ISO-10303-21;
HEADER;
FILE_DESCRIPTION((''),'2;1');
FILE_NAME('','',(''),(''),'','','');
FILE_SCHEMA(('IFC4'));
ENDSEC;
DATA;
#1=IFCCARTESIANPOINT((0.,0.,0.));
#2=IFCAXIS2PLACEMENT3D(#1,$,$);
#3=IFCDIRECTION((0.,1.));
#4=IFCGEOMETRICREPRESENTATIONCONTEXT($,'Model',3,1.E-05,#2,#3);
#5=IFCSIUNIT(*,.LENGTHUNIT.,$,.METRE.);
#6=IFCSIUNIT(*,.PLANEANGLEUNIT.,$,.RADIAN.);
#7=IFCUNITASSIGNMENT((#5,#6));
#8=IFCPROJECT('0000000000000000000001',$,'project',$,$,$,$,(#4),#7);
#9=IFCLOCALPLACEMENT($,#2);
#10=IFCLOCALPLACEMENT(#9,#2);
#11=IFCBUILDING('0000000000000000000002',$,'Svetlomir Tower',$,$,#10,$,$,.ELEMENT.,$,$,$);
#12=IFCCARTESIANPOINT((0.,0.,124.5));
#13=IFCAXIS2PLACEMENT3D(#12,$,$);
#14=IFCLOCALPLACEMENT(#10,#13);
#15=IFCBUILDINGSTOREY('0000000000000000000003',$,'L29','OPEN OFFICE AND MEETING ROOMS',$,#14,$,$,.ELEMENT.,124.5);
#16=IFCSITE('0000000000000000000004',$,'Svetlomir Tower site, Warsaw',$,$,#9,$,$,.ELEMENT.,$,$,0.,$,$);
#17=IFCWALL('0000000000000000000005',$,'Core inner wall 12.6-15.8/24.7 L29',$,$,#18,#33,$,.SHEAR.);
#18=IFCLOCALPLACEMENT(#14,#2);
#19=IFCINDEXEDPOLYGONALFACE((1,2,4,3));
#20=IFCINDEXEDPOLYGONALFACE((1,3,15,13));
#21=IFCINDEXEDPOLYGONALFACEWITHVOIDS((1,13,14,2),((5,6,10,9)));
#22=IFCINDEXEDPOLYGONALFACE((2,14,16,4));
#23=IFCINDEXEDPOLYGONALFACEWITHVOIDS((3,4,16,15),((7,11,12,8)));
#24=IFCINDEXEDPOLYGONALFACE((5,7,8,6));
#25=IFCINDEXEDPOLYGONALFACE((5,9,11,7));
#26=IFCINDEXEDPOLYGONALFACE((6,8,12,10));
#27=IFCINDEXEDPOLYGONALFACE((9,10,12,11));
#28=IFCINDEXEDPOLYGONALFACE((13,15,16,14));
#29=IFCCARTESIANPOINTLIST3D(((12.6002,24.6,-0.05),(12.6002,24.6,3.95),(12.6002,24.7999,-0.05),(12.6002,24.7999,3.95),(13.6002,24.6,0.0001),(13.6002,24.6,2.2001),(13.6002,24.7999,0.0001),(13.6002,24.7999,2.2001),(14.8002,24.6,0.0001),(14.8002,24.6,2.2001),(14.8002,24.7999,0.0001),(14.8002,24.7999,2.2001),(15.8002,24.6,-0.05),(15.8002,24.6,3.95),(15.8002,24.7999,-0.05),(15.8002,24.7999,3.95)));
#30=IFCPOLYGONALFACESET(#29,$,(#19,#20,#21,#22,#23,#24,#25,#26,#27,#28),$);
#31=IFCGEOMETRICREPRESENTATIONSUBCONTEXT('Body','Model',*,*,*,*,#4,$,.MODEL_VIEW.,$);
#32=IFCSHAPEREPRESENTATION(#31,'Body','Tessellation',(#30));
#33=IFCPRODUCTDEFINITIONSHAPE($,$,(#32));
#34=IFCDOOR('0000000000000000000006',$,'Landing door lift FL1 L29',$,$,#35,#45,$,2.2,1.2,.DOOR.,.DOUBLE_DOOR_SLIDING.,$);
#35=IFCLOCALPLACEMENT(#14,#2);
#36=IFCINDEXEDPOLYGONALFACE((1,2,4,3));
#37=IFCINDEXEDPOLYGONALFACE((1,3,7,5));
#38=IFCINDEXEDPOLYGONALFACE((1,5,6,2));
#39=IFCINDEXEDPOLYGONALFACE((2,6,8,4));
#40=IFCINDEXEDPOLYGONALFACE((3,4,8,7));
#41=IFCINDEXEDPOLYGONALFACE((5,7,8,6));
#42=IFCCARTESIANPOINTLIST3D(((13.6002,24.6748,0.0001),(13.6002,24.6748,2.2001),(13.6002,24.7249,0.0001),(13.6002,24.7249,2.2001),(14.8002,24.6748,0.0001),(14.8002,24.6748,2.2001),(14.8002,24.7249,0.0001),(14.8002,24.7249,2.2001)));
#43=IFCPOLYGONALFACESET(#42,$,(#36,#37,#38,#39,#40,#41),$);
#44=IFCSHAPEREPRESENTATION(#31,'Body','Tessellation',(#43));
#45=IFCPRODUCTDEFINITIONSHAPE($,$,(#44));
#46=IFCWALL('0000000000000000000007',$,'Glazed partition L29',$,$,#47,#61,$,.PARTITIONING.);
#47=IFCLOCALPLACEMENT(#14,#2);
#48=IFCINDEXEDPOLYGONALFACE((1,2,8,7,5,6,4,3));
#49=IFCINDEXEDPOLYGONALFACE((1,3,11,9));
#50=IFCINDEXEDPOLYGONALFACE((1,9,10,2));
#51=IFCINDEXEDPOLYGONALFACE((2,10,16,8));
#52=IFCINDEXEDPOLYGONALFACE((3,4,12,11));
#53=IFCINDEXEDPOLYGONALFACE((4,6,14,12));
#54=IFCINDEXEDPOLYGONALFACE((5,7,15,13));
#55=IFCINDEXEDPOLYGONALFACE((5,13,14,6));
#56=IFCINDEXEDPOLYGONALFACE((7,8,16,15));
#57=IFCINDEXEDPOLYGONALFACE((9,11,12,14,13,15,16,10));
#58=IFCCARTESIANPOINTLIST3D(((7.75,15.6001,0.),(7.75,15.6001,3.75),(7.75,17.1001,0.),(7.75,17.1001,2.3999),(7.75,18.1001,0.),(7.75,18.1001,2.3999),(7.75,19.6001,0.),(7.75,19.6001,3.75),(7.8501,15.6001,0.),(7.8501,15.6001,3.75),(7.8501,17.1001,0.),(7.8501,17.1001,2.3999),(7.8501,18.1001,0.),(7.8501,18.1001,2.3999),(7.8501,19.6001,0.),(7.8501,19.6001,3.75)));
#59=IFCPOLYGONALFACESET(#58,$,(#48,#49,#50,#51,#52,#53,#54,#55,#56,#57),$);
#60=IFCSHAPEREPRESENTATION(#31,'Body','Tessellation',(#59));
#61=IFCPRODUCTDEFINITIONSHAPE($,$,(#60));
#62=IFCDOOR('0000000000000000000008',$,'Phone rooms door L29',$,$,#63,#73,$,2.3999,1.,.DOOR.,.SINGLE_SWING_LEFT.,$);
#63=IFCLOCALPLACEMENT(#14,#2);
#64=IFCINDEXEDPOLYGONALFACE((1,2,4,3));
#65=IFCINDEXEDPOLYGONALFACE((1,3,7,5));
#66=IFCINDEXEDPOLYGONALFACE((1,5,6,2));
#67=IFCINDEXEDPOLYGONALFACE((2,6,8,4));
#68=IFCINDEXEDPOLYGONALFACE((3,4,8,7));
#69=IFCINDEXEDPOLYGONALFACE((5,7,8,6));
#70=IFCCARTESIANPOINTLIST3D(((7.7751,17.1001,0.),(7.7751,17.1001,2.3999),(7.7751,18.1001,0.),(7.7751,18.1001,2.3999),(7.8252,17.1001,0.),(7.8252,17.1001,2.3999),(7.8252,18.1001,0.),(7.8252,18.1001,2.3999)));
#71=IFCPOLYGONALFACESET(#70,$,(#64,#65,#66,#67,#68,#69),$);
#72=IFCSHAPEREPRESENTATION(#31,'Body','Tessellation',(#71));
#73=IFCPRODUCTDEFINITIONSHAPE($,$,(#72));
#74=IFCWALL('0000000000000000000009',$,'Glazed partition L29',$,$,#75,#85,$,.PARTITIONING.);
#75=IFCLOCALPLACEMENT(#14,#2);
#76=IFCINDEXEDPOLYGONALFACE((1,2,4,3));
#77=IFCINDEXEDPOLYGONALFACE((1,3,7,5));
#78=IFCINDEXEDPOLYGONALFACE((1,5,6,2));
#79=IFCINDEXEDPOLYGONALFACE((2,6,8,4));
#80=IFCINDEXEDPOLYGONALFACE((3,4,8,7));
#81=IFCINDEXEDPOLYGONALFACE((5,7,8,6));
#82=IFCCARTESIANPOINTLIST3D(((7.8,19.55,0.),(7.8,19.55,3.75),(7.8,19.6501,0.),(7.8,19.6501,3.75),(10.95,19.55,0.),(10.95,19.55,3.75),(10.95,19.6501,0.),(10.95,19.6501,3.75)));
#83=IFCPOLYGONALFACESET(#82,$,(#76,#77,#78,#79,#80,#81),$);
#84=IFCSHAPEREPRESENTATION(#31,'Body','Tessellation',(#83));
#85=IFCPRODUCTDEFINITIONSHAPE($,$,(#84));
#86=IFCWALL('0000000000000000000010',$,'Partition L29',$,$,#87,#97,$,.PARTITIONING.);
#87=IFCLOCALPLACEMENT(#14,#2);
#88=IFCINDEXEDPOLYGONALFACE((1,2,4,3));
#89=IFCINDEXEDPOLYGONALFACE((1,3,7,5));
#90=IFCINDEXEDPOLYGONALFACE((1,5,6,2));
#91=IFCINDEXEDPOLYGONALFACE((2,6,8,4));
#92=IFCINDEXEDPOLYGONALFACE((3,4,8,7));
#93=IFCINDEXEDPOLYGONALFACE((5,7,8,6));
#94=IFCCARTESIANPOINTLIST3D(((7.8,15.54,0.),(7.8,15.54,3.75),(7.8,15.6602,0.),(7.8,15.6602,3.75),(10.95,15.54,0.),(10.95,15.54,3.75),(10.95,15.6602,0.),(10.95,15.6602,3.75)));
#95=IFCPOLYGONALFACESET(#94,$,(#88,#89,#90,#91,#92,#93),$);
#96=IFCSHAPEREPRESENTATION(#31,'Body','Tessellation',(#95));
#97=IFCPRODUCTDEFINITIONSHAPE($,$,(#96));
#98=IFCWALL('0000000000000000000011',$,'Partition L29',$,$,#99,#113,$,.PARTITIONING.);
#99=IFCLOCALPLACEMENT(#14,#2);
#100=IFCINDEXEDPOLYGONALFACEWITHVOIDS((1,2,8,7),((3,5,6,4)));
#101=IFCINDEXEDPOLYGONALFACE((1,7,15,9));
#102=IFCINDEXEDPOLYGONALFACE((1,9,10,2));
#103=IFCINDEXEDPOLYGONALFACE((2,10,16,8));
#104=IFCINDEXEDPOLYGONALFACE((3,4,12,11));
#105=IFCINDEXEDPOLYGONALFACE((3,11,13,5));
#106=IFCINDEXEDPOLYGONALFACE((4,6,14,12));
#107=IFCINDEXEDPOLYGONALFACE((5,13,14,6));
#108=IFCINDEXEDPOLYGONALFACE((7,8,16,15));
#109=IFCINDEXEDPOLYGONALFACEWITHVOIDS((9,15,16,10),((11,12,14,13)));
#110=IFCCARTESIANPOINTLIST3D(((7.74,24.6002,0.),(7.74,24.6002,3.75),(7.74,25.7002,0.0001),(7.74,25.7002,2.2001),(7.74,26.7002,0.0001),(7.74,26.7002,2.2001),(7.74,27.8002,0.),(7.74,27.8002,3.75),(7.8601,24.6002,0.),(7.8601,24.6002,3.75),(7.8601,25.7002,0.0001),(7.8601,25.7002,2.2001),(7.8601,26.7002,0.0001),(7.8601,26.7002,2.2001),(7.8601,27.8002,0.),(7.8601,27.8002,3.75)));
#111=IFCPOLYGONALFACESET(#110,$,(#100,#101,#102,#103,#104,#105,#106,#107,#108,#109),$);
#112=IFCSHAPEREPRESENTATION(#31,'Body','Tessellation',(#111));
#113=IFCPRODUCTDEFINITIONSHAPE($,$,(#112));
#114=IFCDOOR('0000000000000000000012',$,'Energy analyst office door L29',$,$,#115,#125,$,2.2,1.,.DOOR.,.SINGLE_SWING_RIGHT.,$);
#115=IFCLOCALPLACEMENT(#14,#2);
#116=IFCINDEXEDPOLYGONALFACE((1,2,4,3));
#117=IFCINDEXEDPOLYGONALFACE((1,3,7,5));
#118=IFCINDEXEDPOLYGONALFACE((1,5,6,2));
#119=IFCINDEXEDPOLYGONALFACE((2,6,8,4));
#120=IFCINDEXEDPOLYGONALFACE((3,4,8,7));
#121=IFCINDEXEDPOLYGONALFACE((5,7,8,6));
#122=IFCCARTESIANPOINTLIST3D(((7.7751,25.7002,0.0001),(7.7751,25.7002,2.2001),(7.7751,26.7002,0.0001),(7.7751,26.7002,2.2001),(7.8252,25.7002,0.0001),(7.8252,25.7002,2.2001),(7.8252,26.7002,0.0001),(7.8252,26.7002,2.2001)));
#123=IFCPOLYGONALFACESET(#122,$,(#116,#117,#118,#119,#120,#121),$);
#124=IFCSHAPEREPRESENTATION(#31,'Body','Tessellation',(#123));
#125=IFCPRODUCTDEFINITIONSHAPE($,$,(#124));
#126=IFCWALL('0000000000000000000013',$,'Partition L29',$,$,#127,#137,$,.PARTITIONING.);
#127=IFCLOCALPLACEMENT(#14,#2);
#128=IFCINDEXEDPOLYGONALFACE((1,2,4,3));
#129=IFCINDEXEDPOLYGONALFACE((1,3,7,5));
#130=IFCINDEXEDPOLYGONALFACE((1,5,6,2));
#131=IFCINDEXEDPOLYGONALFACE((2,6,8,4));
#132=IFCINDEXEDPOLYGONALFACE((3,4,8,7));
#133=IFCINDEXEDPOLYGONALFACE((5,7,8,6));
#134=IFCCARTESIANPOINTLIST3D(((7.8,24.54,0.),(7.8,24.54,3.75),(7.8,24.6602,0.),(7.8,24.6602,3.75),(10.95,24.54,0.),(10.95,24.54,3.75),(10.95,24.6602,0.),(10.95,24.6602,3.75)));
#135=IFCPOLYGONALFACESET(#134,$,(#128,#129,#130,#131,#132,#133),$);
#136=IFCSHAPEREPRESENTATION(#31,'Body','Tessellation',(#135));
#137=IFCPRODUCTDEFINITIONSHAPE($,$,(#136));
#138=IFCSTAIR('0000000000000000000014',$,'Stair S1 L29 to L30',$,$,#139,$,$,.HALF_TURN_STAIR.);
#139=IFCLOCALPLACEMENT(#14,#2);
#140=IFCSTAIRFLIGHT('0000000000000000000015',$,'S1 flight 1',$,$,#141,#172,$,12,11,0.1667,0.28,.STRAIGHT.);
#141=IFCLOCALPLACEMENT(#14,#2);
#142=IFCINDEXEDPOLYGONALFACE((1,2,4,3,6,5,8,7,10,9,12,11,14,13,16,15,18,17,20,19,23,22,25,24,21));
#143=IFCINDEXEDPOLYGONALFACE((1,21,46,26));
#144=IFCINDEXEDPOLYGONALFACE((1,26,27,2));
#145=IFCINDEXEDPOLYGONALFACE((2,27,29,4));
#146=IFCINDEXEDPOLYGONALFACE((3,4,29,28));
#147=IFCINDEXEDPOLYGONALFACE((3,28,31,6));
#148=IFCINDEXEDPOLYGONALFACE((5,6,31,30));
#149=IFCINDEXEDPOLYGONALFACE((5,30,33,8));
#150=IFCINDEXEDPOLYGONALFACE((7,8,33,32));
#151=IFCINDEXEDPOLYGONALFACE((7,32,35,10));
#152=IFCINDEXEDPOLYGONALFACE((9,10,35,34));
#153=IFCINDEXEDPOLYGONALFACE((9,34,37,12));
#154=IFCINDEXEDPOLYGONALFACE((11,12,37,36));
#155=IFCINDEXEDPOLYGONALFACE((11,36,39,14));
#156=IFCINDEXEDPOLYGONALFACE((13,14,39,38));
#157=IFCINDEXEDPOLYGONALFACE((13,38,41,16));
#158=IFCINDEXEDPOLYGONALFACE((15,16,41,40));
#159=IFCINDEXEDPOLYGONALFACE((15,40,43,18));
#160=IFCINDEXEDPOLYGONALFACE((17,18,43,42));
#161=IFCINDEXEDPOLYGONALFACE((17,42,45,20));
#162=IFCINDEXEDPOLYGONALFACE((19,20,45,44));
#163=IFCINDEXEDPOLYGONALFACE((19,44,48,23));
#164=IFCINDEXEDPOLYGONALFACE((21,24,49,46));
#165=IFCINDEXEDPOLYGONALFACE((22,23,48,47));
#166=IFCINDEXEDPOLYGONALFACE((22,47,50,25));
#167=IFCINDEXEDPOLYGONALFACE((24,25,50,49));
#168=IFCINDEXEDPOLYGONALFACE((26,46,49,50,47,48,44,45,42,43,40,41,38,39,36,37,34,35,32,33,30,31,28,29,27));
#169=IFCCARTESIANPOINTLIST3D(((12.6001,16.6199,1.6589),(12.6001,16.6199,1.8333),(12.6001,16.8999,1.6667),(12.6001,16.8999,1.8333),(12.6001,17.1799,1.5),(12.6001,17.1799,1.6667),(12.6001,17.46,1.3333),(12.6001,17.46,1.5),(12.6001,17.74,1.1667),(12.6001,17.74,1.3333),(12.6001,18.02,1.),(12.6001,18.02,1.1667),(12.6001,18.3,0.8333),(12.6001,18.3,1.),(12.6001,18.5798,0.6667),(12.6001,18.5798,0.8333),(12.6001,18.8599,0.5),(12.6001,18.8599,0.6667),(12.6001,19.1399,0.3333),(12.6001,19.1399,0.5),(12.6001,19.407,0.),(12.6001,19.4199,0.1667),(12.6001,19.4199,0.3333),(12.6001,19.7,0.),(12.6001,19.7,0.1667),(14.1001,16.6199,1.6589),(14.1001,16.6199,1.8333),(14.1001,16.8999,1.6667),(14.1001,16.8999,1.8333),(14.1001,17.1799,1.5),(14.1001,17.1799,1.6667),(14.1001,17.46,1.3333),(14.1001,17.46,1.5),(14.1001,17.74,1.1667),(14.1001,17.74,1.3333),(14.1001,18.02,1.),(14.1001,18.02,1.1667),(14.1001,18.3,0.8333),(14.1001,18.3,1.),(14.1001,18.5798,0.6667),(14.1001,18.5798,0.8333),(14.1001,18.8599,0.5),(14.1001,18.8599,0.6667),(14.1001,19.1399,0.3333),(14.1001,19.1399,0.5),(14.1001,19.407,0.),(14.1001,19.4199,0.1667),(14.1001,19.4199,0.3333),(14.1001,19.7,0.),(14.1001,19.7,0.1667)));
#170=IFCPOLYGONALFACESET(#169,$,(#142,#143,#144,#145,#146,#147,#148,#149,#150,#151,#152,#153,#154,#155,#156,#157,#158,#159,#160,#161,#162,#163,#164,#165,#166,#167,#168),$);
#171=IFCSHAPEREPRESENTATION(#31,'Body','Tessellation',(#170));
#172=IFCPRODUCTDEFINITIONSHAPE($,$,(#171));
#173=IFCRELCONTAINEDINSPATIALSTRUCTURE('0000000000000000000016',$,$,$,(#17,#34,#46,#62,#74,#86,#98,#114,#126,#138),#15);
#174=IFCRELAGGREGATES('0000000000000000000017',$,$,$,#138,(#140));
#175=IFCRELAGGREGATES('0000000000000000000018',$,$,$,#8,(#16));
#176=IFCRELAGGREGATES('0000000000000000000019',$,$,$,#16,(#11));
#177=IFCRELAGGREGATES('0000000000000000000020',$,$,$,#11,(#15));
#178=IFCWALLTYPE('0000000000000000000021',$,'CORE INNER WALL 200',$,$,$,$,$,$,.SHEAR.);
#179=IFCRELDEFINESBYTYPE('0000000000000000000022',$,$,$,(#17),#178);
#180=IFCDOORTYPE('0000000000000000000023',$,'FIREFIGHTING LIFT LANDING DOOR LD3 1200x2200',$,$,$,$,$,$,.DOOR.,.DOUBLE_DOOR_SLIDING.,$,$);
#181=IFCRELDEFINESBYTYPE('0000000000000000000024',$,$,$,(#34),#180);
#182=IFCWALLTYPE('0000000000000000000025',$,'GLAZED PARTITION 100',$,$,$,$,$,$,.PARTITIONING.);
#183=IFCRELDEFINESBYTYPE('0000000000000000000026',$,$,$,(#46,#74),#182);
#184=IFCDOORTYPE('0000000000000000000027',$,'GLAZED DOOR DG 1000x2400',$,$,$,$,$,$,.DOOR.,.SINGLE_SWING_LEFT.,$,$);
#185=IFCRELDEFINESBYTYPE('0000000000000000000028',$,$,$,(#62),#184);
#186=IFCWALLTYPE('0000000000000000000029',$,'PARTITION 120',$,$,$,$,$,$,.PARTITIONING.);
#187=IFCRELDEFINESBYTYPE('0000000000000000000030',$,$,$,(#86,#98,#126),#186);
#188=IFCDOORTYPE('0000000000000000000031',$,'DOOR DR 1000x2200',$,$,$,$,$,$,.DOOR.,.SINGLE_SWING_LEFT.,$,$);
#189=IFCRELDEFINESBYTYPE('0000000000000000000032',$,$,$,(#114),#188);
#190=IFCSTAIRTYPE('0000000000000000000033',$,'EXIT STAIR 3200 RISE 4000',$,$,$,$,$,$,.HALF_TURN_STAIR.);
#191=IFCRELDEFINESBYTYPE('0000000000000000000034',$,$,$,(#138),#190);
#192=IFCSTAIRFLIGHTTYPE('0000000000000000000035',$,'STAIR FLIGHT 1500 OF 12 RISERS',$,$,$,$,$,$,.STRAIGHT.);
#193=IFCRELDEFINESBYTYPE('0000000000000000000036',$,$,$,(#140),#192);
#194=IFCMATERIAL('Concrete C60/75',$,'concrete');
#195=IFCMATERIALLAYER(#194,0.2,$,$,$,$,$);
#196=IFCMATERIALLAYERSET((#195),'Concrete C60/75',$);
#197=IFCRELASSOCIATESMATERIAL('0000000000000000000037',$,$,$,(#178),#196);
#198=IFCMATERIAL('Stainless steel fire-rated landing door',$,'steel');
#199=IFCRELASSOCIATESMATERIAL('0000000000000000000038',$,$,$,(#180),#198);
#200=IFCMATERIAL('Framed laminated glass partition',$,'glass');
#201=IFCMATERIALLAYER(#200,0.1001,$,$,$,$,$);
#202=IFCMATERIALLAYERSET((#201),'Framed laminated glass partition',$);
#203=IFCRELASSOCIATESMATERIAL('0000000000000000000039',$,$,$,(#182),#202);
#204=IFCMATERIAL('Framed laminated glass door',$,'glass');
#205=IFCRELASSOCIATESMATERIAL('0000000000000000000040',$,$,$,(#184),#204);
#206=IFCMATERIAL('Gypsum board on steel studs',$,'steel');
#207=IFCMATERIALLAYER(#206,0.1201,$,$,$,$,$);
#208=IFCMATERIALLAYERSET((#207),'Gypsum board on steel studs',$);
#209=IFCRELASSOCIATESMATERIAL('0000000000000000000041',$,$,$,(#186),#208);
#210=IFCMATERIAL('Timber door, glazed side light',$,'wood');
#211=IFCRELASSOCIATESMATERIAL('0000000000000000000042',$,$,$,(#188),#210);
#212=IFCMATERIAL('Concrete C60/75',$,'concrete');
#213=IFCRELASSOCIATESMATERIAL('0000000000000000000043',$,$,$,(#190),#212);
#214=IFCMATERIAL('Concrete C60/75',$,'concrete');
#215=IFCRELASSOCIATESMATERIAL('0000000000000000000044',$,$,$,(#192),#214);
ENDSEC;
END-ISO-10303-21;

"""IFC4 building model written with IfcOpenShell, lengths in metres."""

from ifc_helpers import new_model, si_unit, direction, frame, frame_2d, origin, place, context, subcontext, project, spatial, polyline, rectangle, outline, extrude, material, layer, layer_set, type_object, element, fill, aggregate, save


model = new_model("IFC4")

# Units and contexts
model_context = context("Model", 3, precision=1e-05, world=origin(), true_north=direction((0.0, 1.0)))
body_context = subcontext(model_context, "Body", "Model", "MODEL_VIEW")
ifc_project = project(units=[si_unit("LENGTHUNIT", "METRE"), si_unit("PLANEANGLEUNIT", "RADIAN")], contexts=[model_context])

# Site, building, storey
site_placement = place(None, origin())
site = spatial("IfcSite", under=ifc_project, at=site_placement, Name="Svetlomir Tower site, Warsaw", CompositionType="ELEMENT", RefElevation=0.0)
building_placement = place(site_placement, origin())
building = spatial("IfcBuilding", under=site, at=building_placement, Name="Svetlomir Tower", CompositionType="ELEMENT")
storey_placement = place(building_placement, frame((0.0, 0.0, 124.5)))
storey = spatial("IfcBuildingStorey", under=building, at=storey_placement, Name="L29", Description="OPEN OFFICE AND MEETING ROOMS", CompositionType="ELEMENT", Elevation=124.5)

# Walls, openings, doors
ifc_material_1 = material(Name="Concrete C60/75", Category="concrete")
ifc_layer_1 = layer(ifc_material_1, 0.2)
ifc_layer_set_1 = layer_set([ifc_layer_1], Name="Concrete C60/75")
wall_type_1 = type_object("IfcWallType", Name="CORE INNER WALL 200", PredefinedType="SHEAR", material=ifc_layer_set_1)
wall_1_placement = place(storey_placement, frame((12.6001, 24.7, -0.05), z_axis=(0.0, 0.0, 1.0), x_axis=(1.0, 0.0, 0.0)))
wall_1 = element("IfcWall", 1, at=wall_1_placement, inside=storey, type_object=wall_type_1, Name="Core inner wall 12.6-15.8/24.7 L29", PredefinedType="SHEAR", context=body_context, shape_type="SweptSolid", body=[
    extrude(rectangle(XDim=3.2, YDim=0.2, at=frame_2d((1.6001, 0.0))), origin(), (0.0, 0.0, 1.0), 4.0),
])
opening_1_placement = place(wall_1_placement, frame((1.0, 0.0, 0.05)))
opening_1 = element("IfcOpeningElement", 2, at=opening_1_placement, cuts=wall_1, PredefinedType="OPENING", context=body_context, shape_type="SweptSolid", body=[
    extrude(rectangle(XDim=1.2, YDim=2.2, at=frame_2d((0.6001, 1.1001))), frame((0.0, 0.1099, 0.0), z_axis=(0.0, -1.0, 0.0), x_axis=(1.0, 0.0, 0.0)), (0.0, 0.0, 1.0), 0.22),
])
ifc_material_2 = material(Name="Stainless steel fire-rated landing door", Category="steel")
door_type_1 = type_object("IfcDoorType", Name="FIREFIGHTING LIFT LANDING DOOR LD3 1200x2200", OperationType="DOUBLE_DOOR_SLIDING", PredefinedType="DOOR", material=ifc_material_2)
door_1_placement = place(opening_1_placement, origin())
door_1 = element("IfcDoor", 3, at=door_1_placement, inside=storey, type_object=door_type_1, Name="Landing door lift FL1 L29", OperationType="DOUBLE_DOOR_SLIDING", OverallHeight=2.2, OverallWidth=1.2, PredefinedType="DOOR", context=body_context, shape_type="SweptSolid", body=[
    extrude(rectangle(XDim=1.2, YDim=2.2, at=frame_2d((0.6001, 1.1001))), frame((0.0, 0.0249, 0.0), z_axis=(0.0, -1.0, 0.0), x_axis=(1.0, 0.0, 0.0)), (0.0, 0.0, 1.0), 0.05),
])
fill(opening_1, door_1)
ifc_material_3 = material(Name="Framed laminated glass partition", Category="glass")
ifc_layer_2 = layer(ifc_material_3, 0.1001)
ifc_layer_set_2 = layer_set([ifc_layer_2], Name="Framed laminated glass partition")
wall_type_2 = type_object("IfcWallType", Name="GLAZED PARTITION 100", PredefinedType="PARTITIONING", material=ifc_layer_set_2)
wall_2_placement = place(storey_placement, frame((7.8, 15.6001, 0.0), z_axis=(0.0, 0.0, 1.0), x_axis=(0.0, 1.0, 0.0)))
wall_2 = element("IfcWall", 4, at=wall_2_placement, inside=storey, type_object=wall_type_2, Name="Glazed partition L29", PredefinedType="PARTITIONING", context=body_context, shape_type="SweptSolid", body=[
    extrude(rectangle(XDim=4.0, YDim=0.1001, at=frame_2d((2.0, 0.0))), origin(), (0.0, 0.0, 1.0), 3.75),
])
opening_2_placement = place(wall_2_placement, frame((1.5, 0.0, 0.0)))
opening_2 = element("IfcOpeningElement", 5, at=opening_2_placement, cuts=wall_2, PredefinedType="OPENING", context=body_context, shape_type="SweptSolid", body=[
    extrude(rectangle(XDim=1.0, YDim=2.3999, at=frame_2d((0.5, 1.2))), frame((0.0, 0.0601, 0.0), z_axis=(0.0, -1.0, 0.0), x_axis=(1.0, 0.0, 0.0)), (0.0, 0.0, 1.0), 0.1201),
])
ifc_material_4 = material(Name="Framed laminated glass door", Category="glass")
door_type_2 = type_object("IfcDoorType", Name="GLAZED DOOR DG 1000x2400", OperationType="SINGLE_SWING_LEFT", PredefinedType="DOOR", material=ifc_material_4)
door_2_placement = place(opening_2_placement, origin())
door_2 = element("IfcDoor", 6, at=door_2_placement, inside=storey, type_object=door_type_2, Name="Phone rooms door L29", OperationType="SINGLE_SWING_LEFT", OverallHeight=2.3999, OverallWidth=1.0, PredefinedType="DOOR", context=body_context, shape_type="SweptSolid", body=[
    extrude(rectangle(XDim=1.0, YDim=2.3999, at=frame_2d((0.5, 1.2))), frame((0.0, 0.0249, 0.0), z_axis=(0.0, -1.0, 0.0), x_axis=(1.0, 0.0, 0.0)), (0.0, 0.0, 1.0), 0.05),
])
fill(opening_2, door_2)

# Walls
wall_3_placement = place(storey_placement, frame((7.8, 19.6001, 0.0), z_axis=(0.0, 0.0, 1.0), x_axis=(1.0, 0.0, 0.0)))
element("IfcWall", 7, at=wall_3_placement, inside=storey, type_object=wall_type_2, Name="Glazed partition L29", PredefinedType="PARTITIONING", context=body_context, shape_type="SweptSolid", body=[
    extrude(rectangle(XDim=3.1499, YDim=0.1001, at=frame_2d((1.575, 0.0))), origin(), (0.0, 0.0, 1.0), 3.75),
])
ifc_material_5 = material(Name="Gypsum board on steel studs", Category="steel")
ifc_layer_3 = layer(ifc_material_5, 0.1201)
ifc_layer_set_3 = layer_set([ifc_layer_3], Name="Gypsum board on steel studs")
wall_type_3 = type_object("IfcWallType", Name="PARTITION 120", PredefinedType="PARTITIONING", material=ifc_layer_set_3)
wall_4_placement = place(storey_placement, frame((7.8, 15.6001, 0.0), z_axis=(0.0, 0.0, 1.0), x_axis=(1.0, 0.0, 0.0)))
element("IfcWall", 8, at=wall_4_placement, inside=storey, type_object=wall_type_3, Name="Partition L29", PredefinedType="PARTITIONING", context=body_context, shape_type="SweptSolid", body=[
    extrude(rectangle(XDim=3.1499, YDim=0.1201, at=frame_2d((1.575, 0.0))), origin(), (0.0, 0.0, 1.0), 3.75),
])

# Wall, opening, door
wall_5_placement = place(storey_placement, frame((7.8, 24.6001, 0.0), z_axis=(0.0, 0.0, 1.0), x_axis=(0.0, 1.0, 0.0)))
wall_5 = element("IfcWall", 9, at=wall_5_placement, inside=storey, type_object=wall_type_3, Name="Partition L29", PredefinedType="PARTITIONING", context=body_context, shape_type="SweptSolid", body=[
    extrude(rectangle(XDim=3.2, YDim=0.1201, at=frame_2d((1.6001, 0.0))), origin(), (0.0, 0.0, 1.0), 3.75),
])
opening_3_placement = place(wall_5_placement, frame((1.1001, 0.0, 0.0)))
opening_3 = element("IfcOpeningElement", 10, at=opening_3_placement, cuts=wall_5, PredefinedType="OPENING", context=body_context, shape_type="SweptSolid", body=[
    extrude(rectangle(XDim=1.0, YDim=2.2, at=frame_2d((0.5, 1.1001))), frame((0.0, 0.0701, 0.0), z_axis=(0.0, -1.0, 0.0), x_axis=(1.0, 0.0, 0.0)), (0.0, 0.0, 1.0), 0.1401),
])
ifc_material_6 = material(Name="Timber door, glazed side light", Category="wood")
door_type_3 = type_object("IfcDoorType", Name="DOOR DR 1000x2200", OperationType="SINGLE_SWING_LEFT", PredefinedType="DOOR", material=ifc_material_6)
door_3_placement = place(opening_3_placement, origin())
door_3 = element("IfcDoor", 11, at=door_3_placement, inside=storey, type_object=door_type_3, Name="Energy analyst office door L29", OperationType="SINGLE_SWING_RIGHT", OverallHeight=2.2, OverallWidth=1.0, PredefinedType="DOOR", context=body_context, shape_type="SweptSolid", body=[
    extrude(rectangle(XDim=1.0, YDim=2.2, at=frame_2d((0.5, 1.1001))), frame((0.0, 0.0249, 0.0), z_axis=(0.0, -1.0, 0.0), x_axis=(1.0, 0.0, 0.0)), (0.0, 0.0, 1.0), 0.05),
])
fill(opening_3, door_3)

# Wall
wall_6_placement = place(storey_placement, frame((7.8, 24.6001, 0.0), z_axis=(0.0, 0.0, 1.0), x_axis=(1.0, 0.0, 0.0)))
element("IfcWall", 12, at=wall_6_placement, inside=storey, type_object=wall_type_3, Name="Partition L29", PredefinedType="PARTITIONING", context=body_context, shape_type="SweptSolid", body=[
    extrude(rectangle(XDim=3.1499, YDim=0.1201, at=frame_2d((1.575, 0.0))), origin(), (0.0, 0.0, 1.0), 3.75),
])

# Stair, stair flight
ifc_material_7 = material(Name="Concrete C60/75", Category="concrete")
stair_type = type_object("IfcStairType", Name="EXIT STAIR 3200 RISE 4000", PredefinedType="HALF_TURN_STAIR", material=ifc_material_7)
stair_placement = place(storey_placement, origin())
stair = element("IfcStair", 13, at=stair_placement, inside=storey, type_object=stair_type, Name="Stair S1 L29 to L30", PredefinedType="HALF_TURN_STAIR")
ifc_material_8 = material(Name="Concrete C60/75", Category="concrete")
stair_flight_type = type_object("IfcStairFlightType", Name="STAIR FLIGHT 1500 OF 12 RISERS", PredefinedType="STRAIGHT", material=ifc_material_8)
stair_flight_placement = place(storey_placement, frame((13.3501, 19.7, 0.0), z_axis=(0.0, 0.0, 1.0), x_axis=(0.0, -1.0, 0.0)))
stair_flight = element("IfcStairFlight", 14, at=stair_flight_placement, type_object=stair_flight_type, Name="S1 flight 1", NumberOfRisers=12, NumberOfTreads=11, PredefinedType="STRAIGHT", RiserHeight=0.1667, TreadLength=0.28, context=body_context, shape_type="SweptSolid", body=[
    extrude(outline(polyline([(0.0, 0.0), (0.0, 0.1667), (0.28, 0.1667), (0.28, 0.3333), (0.5601, 0.3333), (0.5601, 0.5), (0.8401, 0.5), (0.8401, 0.6667), (1.1201, 0.6667), (1.1201, 0.8333), (1.3999, 0.8333), (1.3999, 1.0), (1.6799, 1.0), (1.6799, 1.1667), (1.96, 1.1667), (1.96, 1.3333), (2.24, 1.3333), (2.24, 1.5), (2.52, 1.5), (2.52, 1.6667), (2.8, 1.6667), (2.8, 1.8333), (3.0801, 1.8333), (3.0801, 2.0), (3.0801, 1.6589), (0.293, 0.0), (0.0, 0.0)])), frame((0.0, 0.75, 0.0), z_axis=(0.0, -1.0, 0.0), x_axis=(1.0, 0.0, 0.0)), (0.0, 0.0, 1.0), 1.5),
])
aggregate(stair, [stair_flight])

save(model, "model.ifc")
